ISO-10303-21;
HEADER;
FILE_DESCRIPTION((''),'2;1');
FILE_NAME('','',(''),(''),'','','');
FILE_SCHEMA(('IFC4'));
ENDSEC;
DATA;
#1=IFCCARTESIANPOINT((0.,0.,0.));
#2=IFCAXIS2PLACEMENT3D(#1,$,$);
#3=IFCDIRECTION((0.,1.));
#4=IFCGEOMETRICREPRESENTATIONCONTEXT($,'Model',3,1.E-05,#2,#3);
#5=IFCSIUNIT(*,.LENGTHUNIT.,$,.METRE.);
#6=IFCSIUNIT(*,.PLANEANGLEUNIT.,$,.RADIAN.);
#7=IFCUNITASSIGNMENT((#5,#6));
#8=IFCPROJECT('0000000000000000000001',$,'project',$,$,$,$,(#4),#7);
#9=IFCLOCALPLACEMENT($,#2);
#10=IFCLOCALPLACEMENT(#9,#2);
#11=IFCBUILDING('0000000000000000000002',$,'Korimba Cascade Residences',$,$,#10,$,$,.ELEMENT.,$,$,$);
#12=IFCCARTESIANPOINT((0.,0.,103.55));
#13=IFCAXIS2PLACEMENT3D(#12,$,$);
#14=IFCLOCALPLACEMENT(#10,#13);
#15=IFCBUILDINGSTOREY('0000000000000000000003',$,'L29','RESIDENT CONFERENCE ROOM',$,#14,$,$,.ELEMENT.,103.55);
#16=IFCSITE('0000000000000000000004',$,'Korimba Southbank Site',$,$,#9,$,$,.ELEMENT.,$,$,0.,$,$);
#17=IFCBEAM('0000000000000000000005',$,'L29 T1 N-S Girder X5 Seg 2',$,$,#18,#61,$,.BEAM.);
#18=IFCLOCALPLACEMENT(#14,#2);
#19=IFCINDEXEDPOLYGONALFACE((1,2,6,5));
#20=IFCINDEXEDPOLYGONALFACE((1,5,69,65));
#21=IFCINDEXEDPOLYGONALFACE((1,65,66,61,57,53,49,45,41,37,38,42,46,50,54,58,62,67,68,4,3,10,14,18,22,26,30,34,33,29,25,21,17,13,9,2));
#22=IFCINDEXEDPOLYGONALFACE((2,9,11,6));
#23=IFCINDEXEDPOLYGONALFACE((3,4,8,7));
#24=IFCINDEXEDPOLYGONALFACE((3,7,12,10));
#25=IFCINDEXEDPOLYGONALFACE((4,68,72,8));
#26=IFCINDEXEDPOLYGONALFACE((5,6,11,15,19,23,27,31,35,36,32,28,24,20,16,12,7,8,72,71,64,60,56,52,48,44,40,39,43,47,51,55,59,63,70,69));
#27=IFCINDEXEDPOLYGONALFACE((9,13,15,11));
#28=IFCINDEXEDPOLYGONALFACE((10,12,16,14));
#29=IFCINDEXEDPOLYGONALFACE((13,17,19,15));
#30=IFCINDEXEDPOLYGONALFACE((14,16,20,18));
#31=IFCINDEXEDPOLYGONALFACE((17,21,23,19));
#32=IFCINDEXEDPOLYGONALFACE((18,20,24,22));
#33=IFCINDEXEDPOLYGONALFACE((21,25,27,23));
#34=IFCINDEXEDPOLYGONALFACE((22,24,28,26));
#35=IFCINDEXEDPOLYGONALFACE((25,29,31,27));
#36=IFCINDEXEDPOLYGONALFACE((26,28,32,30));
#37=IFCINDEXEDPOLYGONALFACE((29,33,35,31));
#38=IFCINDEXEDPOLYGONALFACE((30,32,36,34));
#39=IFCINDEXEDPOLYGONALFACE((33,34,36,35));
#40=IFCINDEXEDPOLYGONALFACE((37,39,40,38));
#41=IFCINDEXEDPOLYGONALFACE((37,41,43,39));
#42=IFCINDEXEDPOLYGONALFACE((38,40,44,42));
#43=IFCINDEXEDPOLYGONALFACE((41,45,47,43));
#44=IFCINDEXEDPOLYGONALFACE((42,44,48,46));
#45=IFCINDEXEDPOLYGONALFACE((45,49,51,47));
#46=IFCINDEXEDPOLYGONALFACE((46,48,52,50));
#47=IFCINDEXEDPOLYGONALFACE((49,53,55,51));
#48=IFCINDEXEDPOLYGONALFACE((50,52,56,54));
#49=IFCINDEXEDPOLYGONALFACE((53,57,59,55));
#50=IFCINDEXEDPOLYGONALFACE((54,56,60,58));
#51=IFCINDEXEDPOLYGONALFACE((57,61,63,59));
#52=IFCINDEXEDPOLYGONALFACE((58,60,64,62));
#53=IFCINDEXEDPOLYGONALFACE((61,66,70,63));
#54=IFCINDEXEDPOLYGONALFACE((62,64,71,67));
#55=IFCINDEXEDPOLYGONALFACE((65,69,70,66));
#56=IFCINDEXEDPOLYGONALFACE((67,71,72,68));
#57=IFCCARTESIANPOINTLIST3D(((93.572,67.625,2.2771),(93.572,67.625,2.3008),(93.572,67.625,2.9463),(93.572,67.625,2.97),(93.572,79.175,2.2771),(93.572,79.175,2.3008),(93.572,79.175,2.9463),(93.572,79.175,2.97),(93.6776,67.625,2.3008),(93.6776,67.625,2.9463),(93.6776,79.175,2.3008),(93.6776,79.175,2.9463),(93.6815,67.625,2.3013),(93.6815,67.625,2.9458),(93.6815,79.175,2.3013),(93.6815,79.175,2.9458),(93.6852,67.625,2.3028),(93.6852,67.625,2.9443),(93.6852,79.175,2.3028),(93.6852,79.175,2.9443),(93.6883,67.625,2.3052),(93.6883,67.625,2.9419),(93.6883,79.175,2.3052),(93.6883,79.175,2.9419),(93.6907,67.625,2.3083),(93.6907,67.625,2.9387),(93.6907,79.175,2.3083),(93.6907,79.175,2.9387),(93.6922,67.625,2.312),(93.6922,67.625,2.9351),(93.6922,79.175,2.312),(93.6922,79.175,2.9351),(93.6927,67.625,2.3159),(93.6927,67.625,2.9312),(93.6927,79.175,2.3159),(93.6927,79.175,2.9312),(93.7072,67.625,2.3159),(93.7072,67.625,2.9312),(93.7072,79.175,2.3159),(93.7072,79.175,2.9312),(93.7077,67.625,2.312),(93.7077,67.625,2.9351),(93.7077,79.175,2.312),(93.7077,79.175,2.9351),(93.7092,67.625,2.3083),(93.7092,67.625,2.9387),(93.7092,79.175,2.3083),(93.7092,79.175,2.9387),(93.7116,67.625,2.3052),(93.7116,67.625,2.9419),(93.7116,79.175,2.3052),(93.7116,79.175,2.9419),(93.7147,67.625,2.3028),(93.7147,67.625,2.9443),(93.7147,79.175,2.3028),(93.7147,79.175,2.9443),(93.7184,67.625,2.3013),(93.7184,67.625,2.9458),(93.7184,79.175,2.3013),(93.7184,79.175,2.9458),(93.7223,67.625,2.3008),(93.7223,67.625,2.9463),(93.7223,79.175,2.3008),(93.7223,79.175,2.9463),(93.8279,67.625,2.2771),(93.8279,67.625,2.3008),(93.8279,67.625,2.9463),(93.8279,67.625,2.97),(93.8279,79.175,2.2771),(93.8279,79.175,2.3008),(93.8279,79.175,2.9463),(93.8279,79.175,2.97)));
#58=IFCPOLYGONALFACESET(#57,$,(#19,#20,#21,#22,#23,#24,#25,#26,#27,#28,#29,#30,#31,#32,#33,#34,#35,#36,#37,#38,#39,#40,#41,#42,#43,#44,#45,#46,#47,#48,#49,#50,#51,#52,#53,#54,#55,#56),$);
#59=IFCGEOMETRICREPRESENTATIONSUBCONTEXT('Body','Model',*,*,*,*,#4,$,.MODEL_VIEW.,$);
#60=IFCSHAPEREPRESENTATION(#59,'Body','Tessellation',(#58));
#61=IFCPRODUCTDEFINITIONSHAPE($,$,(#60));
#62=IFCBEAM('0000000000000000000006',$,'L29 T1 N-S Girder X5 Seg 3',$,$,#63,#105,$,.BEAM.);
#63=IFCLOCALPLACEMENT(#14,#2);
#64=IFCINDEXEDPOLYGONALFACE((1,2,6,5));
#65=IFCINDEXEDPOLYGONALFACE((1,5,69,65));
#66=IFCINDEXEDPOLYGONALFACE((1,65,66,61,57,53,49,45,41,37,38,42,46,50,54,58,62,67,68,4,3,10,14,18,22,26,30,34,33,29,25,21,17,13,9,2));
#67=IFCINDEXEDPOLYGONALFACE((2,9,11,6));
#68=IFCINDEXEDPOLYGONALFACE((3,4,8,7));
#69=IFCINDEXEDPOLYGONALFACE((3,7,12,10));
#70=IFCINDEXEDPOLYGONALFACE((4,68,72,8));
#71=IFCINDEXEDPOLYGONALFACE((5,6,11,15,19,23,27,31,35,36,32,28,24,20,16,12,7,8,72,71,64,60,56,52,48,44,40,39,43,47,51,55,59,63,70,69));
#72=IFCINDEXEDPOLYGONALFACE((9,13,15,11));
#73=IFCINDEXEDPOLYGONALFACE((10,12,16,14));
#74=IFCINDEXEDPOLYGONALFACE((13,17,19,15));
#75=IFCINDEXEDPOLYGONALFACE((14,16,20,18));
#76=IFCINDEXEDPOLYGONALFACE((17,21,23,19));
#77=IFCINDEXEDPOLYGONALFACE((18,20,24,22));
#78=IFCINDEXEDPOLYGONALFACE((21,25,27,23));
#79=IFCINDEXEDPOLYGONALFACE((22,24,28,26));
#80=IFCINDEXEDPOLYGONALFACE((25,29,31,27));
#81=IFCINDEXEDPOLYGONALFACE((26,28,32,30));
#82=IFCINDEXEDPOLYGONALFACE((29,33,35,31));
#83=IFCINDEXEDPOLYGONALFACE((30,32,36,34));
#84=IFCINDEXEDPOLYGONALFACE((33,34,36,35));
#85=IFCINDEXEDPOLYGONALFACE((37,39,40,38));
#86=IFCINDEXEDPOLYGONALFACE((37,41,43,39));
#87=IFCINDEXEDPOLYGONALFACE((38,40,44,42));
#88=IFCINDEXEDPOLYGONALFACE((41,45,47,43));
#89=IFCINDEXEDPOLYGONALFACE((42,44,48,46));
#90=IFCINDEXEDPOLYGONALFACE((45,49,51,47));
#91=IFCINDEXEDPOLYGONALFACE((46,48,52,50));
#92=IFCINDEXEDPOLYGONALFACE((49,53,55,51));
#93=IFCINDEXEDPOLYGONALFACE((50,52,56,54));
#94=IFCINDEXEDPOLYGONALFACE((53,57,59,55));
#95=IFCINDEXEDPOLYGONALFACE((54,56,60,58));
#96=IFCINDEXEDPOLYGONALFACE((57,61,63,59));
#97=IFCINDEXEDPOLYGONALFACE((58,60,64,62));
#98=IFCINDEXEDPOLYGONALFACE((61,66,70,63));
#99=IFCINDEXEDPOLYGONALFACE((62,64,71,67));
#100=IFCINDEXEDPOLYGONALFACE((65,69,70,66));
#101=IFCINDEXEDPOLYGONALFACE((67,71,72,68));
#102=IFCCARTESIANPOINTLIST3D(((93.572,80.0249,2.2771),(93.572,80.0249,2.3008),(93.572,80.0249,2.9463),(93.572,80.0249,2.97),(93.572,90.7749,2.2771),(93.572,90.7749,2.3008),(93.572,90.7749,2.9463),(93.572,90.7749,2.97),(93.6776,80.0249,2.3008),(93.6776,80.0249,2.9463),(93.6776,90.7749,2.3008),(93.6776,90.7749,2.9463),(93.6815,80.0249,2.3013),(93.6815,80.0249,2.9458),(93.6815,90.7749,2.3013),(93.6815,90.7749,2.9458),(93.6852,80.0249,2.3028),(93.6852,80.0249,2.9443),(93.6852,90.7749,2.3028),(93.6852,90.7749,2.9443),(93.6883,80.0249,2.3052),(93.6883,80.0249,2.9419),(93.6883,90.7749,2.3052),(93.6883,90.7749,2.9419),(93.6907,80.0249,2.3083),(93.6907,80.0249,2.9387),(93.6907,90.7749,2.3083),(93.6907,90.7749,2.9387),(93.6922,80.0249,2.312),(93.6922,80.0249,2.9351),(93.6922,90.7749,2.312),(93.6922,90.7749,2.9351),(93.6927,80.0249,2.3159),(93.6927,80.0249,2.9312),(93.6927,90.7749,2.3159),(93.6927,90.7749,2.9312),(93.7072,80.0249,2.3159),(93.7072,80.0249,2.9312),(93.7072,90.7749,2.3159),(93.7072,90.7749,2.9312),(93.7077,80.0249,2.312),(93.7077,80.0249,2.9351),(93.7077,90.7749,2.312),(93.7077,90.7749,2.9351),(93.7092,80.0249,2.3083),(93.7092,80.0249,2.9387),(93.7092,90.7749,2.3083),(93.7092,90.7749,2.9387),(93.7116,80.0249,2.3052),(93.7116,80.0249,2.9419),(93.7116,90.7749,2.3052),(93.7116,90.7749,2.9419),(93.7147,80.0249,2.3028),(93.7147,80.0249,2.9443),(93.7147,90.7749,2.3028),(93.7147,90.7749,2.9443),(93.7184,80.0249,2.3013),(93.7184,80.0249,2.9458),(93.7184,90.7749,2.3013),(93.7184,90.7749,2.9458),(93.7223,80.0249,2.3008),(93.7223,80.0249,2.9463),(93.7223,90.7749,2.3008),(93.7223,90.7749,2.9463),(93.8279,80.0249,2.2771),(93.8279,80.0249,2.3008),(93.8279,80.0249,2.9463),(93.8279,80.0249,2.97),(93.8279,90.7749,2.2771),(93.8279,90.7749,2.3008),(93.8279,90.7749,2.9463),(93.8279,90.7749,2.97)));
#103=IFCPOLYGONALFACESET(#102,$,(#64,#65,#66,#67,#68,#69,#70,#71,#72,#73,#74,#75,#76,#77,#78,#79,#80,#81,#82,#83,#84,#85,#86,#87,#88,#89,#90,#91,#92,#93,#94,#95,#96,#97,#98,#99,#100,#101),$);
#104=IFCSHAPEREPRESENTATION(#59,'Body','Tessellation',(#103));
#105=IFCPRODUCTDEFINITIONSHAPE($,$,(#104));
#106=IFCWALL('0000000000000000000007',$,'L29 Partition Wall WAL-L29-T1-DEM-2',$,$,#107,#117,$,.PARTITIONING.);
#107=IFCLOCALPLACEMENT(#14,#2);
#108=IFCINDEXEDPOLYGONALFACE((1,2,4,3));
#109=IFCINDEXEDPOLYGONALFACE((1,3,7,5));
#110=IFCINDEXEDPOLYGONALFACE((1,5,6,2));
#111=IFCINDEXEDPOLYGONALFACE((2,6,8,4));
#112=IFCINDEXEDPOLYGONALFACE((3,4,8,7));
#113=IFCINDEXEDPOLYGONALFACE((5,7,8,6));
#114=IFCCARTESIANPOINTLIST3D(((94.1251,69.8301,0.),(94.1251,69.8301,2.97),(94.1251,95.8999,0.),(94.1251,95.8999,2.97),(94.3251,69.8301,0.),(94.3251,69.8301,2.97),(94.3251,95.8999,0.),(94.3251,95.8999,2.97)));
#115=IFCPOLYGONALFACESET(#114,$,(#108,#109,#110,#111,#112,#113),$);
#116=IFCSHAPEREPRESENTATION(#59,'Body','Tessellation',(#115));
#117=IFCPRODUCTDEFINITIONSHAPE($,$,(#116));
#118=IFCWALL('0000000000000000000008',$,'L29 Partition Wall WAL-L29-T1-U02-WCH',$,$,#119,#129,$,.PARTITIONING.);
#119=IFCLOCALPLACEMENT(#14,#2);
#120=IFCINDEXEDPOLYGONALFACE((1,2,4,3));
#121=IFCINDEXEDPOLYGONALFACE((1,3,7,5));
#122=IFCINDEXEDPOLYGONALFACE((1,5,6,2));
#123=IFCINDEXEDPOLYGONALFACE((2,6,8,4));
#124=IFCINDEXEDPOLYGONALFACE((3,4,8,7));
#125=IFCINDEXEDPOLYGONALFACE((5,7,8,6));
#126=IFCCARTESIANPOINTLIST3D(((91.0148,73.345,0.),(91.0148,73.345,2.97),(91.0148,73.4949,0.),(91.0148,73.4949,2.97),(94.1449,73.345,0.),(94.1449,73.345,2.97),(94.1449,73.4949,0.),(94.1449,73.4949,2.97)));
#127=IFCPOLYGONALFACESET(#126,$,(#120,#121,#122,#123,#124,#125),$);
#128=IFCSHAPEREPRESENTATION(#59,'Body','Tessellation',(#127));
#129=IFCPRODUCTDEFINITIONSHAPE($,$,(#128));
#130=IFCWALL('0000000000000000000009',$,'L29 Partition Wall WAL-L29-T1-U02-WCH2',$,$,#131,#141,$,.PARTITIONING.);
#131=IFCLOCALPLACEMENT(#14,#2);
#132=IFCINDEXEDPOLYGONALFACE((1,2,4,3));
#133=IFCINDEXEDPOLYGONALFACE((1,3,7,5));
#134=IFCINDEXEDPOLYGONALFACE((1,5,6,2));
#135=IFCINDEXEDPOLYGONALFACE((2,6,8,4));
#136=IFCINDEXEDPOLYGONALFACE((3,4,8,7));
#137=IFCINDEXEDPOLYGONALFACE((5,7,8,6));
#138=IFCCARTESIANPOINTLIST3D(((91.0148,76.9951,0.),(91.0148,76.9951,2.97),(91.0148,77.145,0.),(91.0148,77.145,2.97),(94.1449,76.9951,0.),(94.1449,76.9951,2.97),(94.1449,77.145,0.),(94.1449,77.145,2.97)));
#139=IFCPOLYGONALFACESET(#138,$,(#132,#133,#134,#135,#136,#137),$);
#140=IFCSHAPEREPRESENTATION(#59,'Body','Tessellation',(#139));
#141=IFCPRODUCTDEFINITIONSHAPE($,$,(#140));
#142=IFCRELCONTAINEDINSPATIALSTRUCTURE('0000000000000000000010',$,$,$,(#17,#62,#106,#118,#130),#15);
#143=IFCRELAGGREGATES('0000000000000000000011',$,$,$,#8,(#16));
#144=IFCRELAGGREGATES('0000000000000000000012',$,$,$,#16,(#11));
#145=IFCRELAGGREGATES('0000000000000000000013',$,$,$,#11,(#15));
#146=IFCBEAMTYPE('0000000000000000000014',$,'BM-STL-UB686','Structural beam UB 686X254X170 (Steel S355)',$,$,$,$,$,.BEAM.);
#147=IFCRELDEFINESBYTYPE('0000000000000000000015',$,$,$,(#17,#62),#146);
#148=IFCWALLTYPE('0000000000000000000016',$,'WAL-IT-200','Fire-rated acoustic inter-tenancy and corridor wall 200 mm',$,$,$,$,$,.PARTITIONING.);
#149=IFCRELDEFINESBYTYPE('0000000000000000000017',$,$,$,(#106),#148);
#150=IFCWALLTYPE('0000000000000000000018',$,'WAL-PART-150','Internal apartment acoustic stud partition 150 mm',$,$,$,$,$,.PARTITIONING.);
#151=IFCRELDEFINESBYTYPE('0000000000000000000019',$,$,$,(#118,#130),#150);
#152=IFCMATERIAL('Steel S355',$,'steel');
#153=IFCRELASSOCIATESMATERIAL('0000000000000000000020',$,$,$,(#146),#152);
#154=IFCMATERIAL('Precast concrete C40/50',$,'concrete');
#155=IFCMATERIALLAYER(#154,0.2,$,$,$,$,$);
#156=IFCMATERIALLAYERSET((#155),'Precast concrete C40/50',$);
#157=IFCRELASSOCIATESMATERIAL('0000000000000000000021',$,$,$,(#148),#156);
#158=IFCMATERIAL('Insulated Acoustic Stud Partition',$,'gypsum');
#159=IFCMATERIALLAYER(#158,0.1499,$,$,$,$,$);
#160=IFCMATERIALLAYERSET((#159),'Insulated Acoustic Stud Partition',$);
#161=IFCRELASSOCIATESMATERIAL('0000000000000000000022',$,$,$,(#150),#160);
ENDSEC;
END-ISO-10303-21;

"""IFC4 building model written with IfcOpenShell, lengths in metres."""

from ifc_helpers import new_model, si_unit, direction, frame, frame_2d, origin, origin_2d, place, context, subcontext, project, spatial, rectangle, i_section, extrude, material, layer, layer_set, material_profile, profile_set, type_object, element, save


model = new_model("IFC4")

# Units and contexts
model_context = context("Model", 3, precision=1e-05, world=origin(), true_north=direction((0.0, 1.0)))
body_context = subcontext(model_context, "Body", "Model", "MODEL_VIEW")
ifc_project = project(units=[si_unit("LENGTHUNIT", "METRE"), si_unit("PLANEANGLEUNIT", "RADIAN")], contexts=[model_context])

# Site, building, storey
site_placement = place(None, origin())
site = spatial("IfcSite", under=ifc_project, at=site_placement, Name="Korimba Southbank Site", CompositionType="ELEMENT", RefElevation=0.0)
building_placement = place(site_placement, origin())
building = spatial("IfcBuilding", under=site, at=building_placement, Name="Korimba Cascade Residences", CompositionType="ELEMENT")
storey_placement = place(building_placement, frame((0.0, 0.0, 103.55)))
storey = spatial("IfcBuildingStorey", under=building, at=storey_placement, Name="L29", Description="RESIDENT CONFERENCE ROOM", CompositionType="ELEMENT", Elevation=103.55)

# Beams
ifc_material_1 = material(Name="Steel S355", Category="steel")
ifc_material_profile_1 = material_profile(ifc_material_1, i_section(OverallWidth=0.2559, OverallDepth=0.6929, WebThickness=0.0144, FlangeThickness=0.0237, FilletRadius=0.0151, at=origin_2d()), Name="Steel S355")
ifc_profile_set_1 = profile_set([ifc_material_profile_1], Name="Steel S355")
beam_type_1 = type_object("IfcBeamType", Name="BM-STL-UB686", Description="Structural beam UB 686X254X170 (Steel S355)", PredefinedType="BEAM", material=ifc_profile_set_1)
beam_1_placement = place(storey_placement, frame((93.7, 67.625, 2.6235), z_axis=(0.0, 1.0, 0.0), x_axis=(-1.0, 0.0, 0.0)))
element("IfcBeam", 1, at=beam_1_placement, inside=storey, type_object=beam_type_1, Name="L29 T1 N-S Girder X5 Seg 2", PredefinedType="BEAM", context=body_context, shape_type="SweptSolid", body=[
    extrude(i_section(OverallWidth=0.2559, OverallDepth=0.6929, WebThickness=0.0144, FlangeThickness=0.0237, FilletRadius=0.0151, at=origin_2d()), origin(), (0.0, 0.0, 1.0), 11.55),
])
beam_2_placement = place(storey_placement, frame((93.7, 80.0249, 2.6235), z_axis=(0.0, 1.0, 0.0), x_axis=(-1.0, 0.0, 0.0)))
element("IfcBeam", 2, at=beam_2_placement, inside=storey, type_object=beam_type_1, Name="L29 T1 N-S Girder X5 Seg 3", PredefinedType="BEAM", context=body_context, shape_type="SweptSolid", body=[
    extrude(i_section(OverallWidth=0.2559, OverallDepth=0.6929, WebThickness=0.0144, FlangeThickness=0.0237, FilletRadius=0.0151, at=origin_2d()), origin(), (0.0, 0.0, 1.0), 10.75),
])

# Walls
ifc_material_2 = material(Name="Precast concrete C40/50", Category="concrete")
ifc_layer_1 = layer(ifc_material_2, 0.2)
ifc_layer_set_1 = layer_set([ifc_layer_1], Name="Precast concrete C40/50")
wall_type_1 = type_object("IfcWallType", Name="WAL-IT-200", Description="Fire-rated acoustic inter-tenancy and corridor wall 200 mm", PredefinedType="PARTITIONING", material=ifc_layer_set_1)
wall_1_placement = place(storey_placement, frame((94.2251, 69.8301, 0.0), z_axis=(0.0, 0.0, 1.0), x_axis=(0.0, 1.0, 0.0)))
element("IfcWall", 3, at=wall_1_placement, inside=storey, type_object=wall_type_1, Name="L29 Partition Wall WAL-L29-T1-DEM-2", PredefinedType="PARTITIONING", context=body_context, shape_type="SweptSolid", body=[
    extrude(rectangle(XDim=26.0698, YDim=0.2, at=frame_2d((13.0349, 0.0))), origin(), (0.0, 0.0, 1.0), 2.97),
])
ifc_material_3 = material(Name="Insulated Acoustic Stud Partition", Category="gypsum")
ifc_layer_2 = layer(ifc_material_3, 0.1499)
ifc_layer_set_2 = layer_set([ifc_layer_2], Name="Insulated Acoustic Stud Partition")
wall_type_2 = type_object("IfcWallType", Name="WAL-PART-150", Description="Internal apartment acoustic stud partition 150 mm", PredefinedType="PARTITIONING", material=ifc_layer_set_2)
for number, where, z_axis, x_axis, name in (
    (4, (91.0149, 73.4199, 0.0), (0.0, 0.0, 1.0), (1.0, 0.0, 0.0), "L29 Partition Wall WAL-L29-T1-U02-WCH"),
    (5, (91.0149, 77.0701, 0.0), (0.0, 0.0, 1.0), (1.0, 0.0, 0.0), "L29 Partition Wall WAL-L29-T1-U02-WCH2"),
):
    element("IfcWall", number, at=place(storey_placement, frame(where, z_axis=z_axis, x_axis=x_axis)), inside=storey, type_object=wall_type_2, Name=name, PredefinedType="PARTITIONING", context=body_context, shape_type="SweptSolid", body=[
        extrude(rectangle(XDim=3.1301, YDim=0.1499, at=frame_2d((1.5649, 0.0))), origin(), (0.0, 0.0, 1.0), 2.97),
    ])

save(model, "model.ifc")
